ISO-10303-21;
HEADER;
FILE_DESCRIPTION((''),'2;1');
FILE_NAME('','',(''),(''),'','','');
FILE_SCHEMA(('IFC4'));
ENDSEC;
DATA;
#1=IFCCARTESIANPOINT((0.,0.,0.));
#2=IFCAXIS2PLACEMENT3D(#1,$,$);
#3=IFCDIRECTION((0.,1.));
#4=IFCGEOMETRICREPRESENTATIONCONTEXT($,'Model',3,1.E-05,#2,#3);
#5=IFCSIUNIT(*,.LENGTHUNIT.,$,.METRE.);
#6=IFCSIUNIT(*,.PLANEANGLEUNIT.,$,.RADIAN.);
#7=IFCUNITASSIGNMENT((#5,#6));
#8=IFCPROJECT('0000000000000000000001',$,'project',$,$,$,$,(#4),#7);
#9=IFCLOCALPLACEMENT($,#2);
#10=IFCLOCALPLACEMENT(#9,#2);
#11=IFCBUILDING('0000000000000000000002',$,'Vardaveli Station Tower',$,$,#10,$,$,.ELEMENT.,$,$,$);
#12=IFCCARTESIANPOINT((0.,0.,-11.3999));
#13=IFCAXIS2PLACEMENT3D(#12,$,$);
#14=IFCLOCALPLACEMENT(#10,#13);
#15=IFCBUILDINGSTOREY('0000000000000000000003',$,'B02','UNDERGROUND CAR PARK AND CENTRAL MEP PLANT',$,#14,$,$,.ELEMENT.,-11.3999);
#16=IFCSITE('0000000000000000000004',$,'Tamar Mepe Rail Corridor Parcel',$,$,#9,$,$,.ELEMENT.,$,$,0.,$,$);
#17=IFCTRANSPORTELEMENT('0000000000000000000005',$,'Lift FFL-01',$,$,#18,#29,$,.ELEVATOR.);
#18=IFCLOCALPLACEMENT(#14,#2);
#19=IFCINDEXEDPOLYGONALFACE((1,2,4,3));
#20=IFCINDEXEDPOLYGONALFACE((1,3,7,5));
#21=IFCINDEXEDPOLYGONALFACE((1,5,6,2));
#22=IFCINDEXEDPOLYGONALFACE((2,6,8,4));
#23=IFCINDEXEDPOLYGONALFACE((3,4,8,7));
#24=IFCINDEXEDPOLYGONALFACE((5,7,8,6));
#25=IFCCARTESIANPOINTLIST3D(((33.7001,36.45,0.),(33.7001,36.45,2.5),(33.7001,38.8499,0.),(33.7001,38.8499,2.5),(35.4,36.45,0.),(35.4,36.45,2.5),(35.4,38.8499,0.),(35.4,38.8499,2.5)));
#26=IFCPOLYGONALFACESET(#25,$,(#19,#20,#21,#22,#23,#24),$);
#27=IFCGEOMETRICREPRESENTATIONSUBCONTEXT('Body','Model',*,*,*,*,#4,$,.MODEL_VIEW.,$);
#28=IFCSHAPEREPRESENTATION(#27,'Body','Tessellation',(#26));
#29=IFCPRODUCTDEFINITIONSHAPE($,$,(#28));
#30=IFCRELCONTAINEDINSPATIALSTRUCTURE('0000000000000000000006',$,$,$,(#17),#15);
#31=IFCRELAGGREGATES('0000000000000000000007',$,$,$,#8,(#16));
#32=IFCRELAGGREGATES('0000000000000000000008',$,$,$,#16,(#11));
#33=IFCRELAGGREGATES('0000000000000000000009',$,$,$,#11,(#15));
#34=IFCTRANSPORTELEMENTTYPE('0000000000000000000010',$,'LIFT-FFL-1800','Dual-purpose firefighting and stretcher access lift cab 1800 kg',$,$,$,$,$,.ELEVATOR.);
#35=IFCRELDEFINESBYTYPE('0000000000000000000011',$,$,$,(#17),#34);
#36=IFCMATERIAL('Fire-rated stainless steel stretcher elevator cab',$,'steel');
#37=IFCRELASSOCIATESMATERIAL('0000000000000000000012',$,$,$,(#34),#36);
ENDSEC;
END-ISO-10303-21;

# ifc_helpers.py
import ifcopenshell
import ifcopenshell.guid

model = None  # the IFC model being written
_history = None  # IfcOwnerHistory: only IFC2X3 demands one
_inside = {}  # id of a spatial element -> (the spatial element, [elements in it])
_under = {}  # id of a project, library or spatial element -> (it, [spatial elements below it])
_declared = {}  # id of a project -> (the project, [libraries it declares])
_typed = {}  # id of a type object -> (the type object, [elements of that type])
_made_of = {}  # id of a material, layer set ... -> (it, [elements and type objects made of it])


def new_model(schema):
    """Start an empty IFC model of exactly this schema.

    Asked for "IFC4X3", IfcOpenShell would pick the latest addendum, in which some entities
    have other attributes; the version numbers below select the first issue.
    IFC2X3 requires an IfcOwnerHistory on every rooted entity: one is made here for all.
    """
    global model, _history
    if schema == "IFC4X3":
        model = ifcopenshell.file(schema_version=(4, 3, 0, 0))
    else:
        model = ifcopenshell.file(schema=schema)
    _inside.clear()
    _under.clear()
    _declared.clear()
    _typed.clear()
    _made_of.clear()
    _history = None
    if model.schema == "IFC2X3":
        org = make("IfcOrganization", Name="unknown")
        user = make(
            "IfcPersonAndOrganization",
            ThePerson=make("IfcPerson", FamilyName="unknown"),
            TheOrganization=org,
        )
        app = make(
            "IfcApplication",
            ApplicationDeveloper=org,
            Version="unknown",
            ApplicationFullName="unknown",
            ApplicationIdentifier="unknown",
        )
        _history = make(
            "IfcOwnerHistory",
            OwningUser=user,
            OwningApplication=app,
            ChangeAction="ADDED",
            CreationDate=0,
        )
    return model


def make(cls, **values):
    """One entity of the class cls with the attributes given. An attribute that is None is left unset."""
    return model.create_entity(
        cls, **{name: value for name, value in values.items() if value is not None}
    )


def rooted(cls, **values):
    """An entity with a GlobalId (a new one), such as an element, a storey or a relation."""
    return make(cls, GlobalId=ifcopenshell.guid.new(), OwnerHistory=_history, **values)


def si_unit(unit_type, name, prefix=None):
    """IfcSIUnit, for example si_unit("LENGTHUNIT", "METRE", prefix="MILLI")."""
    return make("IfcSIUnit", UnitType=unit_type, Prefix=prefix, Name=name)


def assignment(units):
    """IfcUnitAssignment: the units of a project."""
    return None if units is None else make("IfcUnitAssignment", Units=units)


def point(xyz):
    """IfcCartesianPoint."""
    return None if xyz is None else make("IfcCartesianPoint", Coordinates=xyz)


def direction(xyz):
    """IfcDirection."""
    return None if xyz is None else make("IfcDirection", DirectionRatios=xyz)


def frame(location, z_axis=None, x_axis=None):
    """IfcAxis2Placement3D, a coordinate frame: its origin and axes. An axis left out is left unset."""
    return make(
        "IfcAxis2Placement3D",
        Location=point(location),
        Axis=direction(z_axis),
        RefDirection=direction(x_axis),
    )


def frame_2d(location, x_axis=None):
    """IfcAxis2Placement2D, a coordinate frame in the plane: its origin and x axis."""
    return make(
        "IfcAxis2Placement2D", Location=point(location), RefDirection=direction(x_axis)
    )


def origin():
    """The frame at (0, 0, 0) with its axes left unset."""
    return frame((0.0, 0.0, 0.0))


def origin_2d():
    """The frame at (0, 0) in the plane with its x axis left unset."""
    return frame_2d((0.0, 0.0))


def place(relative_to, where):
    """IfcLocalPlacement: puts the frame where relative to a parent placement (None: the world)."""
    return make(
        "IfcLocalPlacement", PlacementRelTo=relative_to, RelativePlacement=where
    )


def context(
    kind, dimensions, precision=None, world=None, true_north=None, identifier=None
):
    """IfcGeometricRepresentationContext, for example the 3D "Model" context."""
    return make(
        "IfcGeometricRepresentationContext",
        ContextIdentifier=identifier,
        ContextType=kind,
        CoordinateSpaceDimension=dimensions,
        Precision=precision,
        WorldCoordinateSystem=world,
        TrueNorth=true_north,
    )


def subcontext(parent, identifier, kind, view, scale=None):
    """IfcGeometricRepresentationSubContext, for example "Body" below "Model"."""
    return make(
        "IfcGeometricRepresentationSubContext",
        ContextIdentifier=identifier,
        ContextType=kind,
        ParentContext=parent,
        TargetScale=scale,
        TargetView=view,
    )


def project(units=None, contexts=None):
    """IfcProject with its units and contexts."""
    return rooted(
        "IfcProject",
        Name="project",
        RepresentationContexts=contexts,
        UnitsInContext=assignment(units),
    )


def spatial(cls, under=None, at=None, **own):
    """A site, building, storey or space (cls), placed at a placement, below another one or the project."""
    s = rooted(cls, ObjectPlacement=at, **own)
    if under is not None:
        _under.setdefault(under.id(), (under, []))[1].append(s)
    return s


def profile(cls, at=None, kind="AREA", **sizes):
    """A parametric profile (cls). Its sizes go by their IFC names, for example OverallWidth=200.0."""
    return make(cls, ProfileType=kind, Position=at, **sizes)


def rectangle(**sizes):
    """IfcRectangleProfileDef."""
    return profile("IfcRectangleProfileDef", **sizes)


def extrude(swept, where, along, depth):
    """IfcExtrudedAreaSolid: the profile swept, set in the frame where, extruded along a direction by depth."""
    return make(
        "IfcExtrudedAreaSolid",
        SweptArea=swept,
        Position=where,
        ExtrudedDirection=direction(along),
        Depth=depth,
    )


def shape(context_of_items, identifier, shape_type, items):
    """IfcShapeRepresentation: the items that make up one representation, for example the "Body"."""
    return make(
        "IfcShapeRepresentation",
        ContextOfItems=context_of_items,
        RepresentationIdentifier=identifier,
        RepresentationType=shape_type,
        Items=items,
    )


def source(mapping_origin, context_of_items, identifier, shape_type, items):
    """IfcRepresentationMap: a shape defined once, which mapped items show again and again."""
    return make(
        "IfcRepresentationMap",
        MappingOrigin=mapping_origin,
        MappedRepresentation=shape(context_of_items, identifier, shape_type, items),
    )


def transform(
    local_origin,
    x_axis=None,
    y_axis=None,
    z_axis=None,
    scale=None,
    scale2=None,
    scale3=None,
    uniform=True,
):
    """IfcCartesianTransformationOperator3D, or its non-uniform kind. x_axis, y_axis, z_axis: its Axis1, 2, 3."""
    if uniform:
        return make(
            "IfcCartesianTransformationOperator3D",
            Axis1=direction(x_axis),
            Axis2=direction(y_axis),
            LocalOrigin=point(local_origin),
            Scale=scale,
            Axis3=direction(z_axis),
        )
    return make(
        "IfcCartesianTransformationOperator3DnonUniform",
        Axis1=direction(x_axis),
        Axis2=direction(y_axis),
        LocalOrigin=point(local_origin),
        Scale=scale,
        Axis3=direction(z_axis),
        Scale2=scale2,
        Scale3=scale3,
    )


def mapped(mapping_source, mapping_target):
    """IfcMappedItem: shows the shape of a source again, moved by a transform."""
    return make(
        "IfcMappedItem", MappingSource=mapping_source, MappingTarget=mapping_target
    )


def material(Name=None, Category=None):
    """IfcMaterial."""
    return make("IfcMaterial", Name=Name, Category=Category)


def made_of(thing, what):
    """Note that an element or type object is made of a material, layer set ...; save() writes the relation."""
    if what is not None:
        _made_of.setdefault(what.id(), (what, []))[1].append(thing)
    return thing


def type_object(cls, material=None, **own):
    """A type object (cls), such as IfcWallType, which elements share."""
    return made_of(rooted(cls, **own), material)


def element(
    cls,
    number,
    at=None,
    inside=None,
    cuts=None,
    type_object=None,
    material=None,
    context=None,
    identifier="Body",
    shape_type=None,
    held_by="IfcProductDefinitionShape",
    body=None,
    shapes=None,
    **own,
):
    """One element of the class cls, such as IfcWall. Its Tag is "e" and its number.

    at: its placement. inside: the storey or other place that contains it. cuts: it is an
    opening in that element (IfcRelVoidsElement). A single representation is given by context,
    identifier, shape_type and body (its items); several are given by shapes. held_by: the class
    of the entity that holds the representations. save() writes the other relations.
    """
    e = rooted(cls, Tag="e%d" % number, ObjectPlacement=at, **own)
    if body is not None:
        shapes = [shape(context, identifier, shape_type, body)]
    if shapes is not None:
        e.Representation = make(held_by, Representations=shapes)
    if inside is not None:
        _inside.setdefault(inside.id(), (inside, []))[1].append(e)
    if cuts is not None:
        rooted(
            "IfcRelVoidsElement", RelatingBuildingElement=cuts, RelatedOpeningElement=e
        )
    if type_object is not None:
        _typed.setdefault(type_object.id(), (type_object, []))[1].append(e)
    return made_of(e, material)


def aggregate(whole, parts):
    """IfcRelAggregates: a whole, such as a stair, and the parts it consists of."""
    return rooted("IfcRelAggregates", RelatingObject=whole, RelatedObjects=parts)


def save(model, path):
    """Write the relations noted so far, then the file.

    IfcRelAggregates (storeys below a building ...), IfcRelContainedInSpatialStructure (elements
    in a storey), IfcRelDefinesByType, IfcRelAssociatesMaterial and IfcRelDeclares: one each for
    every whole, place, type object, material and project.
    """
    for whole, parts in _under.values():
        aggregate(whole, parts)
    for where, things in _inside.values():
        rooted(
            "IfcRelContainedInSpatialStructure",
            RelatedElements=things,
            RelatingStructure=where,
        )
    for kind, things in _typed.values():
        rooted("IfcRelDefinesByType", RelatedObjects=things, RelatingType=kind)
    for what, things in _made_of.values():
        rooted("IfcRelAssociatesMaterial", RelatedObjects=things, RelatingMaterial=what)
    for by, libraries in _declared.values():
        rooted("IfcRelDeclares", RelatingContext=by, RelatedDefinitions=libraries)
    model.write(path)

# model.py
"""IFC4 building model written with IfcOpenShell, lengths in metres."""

from ifc_helpers import new_model, si_unit, direction, frame, origin, origin_2d, place, context, subcontext, project, spatial, rectangle, extrude, source, transform, mapped, material, type_object, element, save


model = new_model("IFC4")

# Units and contexts
model_context = context("Model", 3, precision=1e-05, world=origin(), true_north=direction((0.0, 1.0)))
body_context = subcontext(model_context, "Body", "Model", "MODEL_VIEW")
ifc_project = project(units=[si_unit("LENGTHUNIT", "METRE"), si_unit("PLANEANGLEUNIT", "RADIAN")], contexts=[model_context])

# Site, building, storey
site_placement = place(None, origin())
site = spatial("IfcSite", under=ifc_project, at=site_placement, Name="Tamar Mepe Rail Corridor Parcel", CompositionType="ELEMENT", RefElevation=0.0)
building_placement = place(site_placement, origin())
building = spatial("IfcBuilding", under=site, at=building_placement, Name="Vardaveli Station Tower", CompositionType="ELEMENT")
storey_placement = place(building_placement, frame((0.0, 0.0, -11.3999)))
storey = spatial("IfcBuildingStorey", under=building, at=storey_placement, Name="B02", Description="UNDERGROUND CAR PARK AND CENTRAL MEP PLANT", CompositionType="ELEMENT", Elevation=-11.3999)

# Transport element
ifc_material_1 = material(Name="Fire-rated stainless steel stretcher elevator cab", Category="steel")
transport_element_type = type_object("IfcTransportElementType", Name="LIFT-FFL-1800", Description="Dual-purpose firefighting and stretcher access lift cab 1800 kg", PredefinedType="ELEVATOR", material=ifc_material_1)
shared_shape_1 = source(origin(), body_context, "Body", "SweptSolid", [
    extrude(rectangle(XDim=1.7, YDim=2.3999, at=origin_2d()), origin(), (0.0, 0.0, 1.0), 2.5),
])
transport_element_placement = place(storey_placement, frame((34.55, 37.6499, 0.0), z_axis=(0.0, 0.0, 1.0), x_axis=(1.0, 0.0, 0.0)))
element("IfcTransportElement", 1, at=transport_element_placement, inside=storey, type_object=transport_element_type, Name="Lift FFL-01", PredefinedType="ELEVATOR", context=body_context, shape_type="MappedRepresentation", body=[
    mapped(shared_shape_1, transform((0.0, 0.0, 0.0), scale=1.0)),
])

save(model, "model.ifc")
